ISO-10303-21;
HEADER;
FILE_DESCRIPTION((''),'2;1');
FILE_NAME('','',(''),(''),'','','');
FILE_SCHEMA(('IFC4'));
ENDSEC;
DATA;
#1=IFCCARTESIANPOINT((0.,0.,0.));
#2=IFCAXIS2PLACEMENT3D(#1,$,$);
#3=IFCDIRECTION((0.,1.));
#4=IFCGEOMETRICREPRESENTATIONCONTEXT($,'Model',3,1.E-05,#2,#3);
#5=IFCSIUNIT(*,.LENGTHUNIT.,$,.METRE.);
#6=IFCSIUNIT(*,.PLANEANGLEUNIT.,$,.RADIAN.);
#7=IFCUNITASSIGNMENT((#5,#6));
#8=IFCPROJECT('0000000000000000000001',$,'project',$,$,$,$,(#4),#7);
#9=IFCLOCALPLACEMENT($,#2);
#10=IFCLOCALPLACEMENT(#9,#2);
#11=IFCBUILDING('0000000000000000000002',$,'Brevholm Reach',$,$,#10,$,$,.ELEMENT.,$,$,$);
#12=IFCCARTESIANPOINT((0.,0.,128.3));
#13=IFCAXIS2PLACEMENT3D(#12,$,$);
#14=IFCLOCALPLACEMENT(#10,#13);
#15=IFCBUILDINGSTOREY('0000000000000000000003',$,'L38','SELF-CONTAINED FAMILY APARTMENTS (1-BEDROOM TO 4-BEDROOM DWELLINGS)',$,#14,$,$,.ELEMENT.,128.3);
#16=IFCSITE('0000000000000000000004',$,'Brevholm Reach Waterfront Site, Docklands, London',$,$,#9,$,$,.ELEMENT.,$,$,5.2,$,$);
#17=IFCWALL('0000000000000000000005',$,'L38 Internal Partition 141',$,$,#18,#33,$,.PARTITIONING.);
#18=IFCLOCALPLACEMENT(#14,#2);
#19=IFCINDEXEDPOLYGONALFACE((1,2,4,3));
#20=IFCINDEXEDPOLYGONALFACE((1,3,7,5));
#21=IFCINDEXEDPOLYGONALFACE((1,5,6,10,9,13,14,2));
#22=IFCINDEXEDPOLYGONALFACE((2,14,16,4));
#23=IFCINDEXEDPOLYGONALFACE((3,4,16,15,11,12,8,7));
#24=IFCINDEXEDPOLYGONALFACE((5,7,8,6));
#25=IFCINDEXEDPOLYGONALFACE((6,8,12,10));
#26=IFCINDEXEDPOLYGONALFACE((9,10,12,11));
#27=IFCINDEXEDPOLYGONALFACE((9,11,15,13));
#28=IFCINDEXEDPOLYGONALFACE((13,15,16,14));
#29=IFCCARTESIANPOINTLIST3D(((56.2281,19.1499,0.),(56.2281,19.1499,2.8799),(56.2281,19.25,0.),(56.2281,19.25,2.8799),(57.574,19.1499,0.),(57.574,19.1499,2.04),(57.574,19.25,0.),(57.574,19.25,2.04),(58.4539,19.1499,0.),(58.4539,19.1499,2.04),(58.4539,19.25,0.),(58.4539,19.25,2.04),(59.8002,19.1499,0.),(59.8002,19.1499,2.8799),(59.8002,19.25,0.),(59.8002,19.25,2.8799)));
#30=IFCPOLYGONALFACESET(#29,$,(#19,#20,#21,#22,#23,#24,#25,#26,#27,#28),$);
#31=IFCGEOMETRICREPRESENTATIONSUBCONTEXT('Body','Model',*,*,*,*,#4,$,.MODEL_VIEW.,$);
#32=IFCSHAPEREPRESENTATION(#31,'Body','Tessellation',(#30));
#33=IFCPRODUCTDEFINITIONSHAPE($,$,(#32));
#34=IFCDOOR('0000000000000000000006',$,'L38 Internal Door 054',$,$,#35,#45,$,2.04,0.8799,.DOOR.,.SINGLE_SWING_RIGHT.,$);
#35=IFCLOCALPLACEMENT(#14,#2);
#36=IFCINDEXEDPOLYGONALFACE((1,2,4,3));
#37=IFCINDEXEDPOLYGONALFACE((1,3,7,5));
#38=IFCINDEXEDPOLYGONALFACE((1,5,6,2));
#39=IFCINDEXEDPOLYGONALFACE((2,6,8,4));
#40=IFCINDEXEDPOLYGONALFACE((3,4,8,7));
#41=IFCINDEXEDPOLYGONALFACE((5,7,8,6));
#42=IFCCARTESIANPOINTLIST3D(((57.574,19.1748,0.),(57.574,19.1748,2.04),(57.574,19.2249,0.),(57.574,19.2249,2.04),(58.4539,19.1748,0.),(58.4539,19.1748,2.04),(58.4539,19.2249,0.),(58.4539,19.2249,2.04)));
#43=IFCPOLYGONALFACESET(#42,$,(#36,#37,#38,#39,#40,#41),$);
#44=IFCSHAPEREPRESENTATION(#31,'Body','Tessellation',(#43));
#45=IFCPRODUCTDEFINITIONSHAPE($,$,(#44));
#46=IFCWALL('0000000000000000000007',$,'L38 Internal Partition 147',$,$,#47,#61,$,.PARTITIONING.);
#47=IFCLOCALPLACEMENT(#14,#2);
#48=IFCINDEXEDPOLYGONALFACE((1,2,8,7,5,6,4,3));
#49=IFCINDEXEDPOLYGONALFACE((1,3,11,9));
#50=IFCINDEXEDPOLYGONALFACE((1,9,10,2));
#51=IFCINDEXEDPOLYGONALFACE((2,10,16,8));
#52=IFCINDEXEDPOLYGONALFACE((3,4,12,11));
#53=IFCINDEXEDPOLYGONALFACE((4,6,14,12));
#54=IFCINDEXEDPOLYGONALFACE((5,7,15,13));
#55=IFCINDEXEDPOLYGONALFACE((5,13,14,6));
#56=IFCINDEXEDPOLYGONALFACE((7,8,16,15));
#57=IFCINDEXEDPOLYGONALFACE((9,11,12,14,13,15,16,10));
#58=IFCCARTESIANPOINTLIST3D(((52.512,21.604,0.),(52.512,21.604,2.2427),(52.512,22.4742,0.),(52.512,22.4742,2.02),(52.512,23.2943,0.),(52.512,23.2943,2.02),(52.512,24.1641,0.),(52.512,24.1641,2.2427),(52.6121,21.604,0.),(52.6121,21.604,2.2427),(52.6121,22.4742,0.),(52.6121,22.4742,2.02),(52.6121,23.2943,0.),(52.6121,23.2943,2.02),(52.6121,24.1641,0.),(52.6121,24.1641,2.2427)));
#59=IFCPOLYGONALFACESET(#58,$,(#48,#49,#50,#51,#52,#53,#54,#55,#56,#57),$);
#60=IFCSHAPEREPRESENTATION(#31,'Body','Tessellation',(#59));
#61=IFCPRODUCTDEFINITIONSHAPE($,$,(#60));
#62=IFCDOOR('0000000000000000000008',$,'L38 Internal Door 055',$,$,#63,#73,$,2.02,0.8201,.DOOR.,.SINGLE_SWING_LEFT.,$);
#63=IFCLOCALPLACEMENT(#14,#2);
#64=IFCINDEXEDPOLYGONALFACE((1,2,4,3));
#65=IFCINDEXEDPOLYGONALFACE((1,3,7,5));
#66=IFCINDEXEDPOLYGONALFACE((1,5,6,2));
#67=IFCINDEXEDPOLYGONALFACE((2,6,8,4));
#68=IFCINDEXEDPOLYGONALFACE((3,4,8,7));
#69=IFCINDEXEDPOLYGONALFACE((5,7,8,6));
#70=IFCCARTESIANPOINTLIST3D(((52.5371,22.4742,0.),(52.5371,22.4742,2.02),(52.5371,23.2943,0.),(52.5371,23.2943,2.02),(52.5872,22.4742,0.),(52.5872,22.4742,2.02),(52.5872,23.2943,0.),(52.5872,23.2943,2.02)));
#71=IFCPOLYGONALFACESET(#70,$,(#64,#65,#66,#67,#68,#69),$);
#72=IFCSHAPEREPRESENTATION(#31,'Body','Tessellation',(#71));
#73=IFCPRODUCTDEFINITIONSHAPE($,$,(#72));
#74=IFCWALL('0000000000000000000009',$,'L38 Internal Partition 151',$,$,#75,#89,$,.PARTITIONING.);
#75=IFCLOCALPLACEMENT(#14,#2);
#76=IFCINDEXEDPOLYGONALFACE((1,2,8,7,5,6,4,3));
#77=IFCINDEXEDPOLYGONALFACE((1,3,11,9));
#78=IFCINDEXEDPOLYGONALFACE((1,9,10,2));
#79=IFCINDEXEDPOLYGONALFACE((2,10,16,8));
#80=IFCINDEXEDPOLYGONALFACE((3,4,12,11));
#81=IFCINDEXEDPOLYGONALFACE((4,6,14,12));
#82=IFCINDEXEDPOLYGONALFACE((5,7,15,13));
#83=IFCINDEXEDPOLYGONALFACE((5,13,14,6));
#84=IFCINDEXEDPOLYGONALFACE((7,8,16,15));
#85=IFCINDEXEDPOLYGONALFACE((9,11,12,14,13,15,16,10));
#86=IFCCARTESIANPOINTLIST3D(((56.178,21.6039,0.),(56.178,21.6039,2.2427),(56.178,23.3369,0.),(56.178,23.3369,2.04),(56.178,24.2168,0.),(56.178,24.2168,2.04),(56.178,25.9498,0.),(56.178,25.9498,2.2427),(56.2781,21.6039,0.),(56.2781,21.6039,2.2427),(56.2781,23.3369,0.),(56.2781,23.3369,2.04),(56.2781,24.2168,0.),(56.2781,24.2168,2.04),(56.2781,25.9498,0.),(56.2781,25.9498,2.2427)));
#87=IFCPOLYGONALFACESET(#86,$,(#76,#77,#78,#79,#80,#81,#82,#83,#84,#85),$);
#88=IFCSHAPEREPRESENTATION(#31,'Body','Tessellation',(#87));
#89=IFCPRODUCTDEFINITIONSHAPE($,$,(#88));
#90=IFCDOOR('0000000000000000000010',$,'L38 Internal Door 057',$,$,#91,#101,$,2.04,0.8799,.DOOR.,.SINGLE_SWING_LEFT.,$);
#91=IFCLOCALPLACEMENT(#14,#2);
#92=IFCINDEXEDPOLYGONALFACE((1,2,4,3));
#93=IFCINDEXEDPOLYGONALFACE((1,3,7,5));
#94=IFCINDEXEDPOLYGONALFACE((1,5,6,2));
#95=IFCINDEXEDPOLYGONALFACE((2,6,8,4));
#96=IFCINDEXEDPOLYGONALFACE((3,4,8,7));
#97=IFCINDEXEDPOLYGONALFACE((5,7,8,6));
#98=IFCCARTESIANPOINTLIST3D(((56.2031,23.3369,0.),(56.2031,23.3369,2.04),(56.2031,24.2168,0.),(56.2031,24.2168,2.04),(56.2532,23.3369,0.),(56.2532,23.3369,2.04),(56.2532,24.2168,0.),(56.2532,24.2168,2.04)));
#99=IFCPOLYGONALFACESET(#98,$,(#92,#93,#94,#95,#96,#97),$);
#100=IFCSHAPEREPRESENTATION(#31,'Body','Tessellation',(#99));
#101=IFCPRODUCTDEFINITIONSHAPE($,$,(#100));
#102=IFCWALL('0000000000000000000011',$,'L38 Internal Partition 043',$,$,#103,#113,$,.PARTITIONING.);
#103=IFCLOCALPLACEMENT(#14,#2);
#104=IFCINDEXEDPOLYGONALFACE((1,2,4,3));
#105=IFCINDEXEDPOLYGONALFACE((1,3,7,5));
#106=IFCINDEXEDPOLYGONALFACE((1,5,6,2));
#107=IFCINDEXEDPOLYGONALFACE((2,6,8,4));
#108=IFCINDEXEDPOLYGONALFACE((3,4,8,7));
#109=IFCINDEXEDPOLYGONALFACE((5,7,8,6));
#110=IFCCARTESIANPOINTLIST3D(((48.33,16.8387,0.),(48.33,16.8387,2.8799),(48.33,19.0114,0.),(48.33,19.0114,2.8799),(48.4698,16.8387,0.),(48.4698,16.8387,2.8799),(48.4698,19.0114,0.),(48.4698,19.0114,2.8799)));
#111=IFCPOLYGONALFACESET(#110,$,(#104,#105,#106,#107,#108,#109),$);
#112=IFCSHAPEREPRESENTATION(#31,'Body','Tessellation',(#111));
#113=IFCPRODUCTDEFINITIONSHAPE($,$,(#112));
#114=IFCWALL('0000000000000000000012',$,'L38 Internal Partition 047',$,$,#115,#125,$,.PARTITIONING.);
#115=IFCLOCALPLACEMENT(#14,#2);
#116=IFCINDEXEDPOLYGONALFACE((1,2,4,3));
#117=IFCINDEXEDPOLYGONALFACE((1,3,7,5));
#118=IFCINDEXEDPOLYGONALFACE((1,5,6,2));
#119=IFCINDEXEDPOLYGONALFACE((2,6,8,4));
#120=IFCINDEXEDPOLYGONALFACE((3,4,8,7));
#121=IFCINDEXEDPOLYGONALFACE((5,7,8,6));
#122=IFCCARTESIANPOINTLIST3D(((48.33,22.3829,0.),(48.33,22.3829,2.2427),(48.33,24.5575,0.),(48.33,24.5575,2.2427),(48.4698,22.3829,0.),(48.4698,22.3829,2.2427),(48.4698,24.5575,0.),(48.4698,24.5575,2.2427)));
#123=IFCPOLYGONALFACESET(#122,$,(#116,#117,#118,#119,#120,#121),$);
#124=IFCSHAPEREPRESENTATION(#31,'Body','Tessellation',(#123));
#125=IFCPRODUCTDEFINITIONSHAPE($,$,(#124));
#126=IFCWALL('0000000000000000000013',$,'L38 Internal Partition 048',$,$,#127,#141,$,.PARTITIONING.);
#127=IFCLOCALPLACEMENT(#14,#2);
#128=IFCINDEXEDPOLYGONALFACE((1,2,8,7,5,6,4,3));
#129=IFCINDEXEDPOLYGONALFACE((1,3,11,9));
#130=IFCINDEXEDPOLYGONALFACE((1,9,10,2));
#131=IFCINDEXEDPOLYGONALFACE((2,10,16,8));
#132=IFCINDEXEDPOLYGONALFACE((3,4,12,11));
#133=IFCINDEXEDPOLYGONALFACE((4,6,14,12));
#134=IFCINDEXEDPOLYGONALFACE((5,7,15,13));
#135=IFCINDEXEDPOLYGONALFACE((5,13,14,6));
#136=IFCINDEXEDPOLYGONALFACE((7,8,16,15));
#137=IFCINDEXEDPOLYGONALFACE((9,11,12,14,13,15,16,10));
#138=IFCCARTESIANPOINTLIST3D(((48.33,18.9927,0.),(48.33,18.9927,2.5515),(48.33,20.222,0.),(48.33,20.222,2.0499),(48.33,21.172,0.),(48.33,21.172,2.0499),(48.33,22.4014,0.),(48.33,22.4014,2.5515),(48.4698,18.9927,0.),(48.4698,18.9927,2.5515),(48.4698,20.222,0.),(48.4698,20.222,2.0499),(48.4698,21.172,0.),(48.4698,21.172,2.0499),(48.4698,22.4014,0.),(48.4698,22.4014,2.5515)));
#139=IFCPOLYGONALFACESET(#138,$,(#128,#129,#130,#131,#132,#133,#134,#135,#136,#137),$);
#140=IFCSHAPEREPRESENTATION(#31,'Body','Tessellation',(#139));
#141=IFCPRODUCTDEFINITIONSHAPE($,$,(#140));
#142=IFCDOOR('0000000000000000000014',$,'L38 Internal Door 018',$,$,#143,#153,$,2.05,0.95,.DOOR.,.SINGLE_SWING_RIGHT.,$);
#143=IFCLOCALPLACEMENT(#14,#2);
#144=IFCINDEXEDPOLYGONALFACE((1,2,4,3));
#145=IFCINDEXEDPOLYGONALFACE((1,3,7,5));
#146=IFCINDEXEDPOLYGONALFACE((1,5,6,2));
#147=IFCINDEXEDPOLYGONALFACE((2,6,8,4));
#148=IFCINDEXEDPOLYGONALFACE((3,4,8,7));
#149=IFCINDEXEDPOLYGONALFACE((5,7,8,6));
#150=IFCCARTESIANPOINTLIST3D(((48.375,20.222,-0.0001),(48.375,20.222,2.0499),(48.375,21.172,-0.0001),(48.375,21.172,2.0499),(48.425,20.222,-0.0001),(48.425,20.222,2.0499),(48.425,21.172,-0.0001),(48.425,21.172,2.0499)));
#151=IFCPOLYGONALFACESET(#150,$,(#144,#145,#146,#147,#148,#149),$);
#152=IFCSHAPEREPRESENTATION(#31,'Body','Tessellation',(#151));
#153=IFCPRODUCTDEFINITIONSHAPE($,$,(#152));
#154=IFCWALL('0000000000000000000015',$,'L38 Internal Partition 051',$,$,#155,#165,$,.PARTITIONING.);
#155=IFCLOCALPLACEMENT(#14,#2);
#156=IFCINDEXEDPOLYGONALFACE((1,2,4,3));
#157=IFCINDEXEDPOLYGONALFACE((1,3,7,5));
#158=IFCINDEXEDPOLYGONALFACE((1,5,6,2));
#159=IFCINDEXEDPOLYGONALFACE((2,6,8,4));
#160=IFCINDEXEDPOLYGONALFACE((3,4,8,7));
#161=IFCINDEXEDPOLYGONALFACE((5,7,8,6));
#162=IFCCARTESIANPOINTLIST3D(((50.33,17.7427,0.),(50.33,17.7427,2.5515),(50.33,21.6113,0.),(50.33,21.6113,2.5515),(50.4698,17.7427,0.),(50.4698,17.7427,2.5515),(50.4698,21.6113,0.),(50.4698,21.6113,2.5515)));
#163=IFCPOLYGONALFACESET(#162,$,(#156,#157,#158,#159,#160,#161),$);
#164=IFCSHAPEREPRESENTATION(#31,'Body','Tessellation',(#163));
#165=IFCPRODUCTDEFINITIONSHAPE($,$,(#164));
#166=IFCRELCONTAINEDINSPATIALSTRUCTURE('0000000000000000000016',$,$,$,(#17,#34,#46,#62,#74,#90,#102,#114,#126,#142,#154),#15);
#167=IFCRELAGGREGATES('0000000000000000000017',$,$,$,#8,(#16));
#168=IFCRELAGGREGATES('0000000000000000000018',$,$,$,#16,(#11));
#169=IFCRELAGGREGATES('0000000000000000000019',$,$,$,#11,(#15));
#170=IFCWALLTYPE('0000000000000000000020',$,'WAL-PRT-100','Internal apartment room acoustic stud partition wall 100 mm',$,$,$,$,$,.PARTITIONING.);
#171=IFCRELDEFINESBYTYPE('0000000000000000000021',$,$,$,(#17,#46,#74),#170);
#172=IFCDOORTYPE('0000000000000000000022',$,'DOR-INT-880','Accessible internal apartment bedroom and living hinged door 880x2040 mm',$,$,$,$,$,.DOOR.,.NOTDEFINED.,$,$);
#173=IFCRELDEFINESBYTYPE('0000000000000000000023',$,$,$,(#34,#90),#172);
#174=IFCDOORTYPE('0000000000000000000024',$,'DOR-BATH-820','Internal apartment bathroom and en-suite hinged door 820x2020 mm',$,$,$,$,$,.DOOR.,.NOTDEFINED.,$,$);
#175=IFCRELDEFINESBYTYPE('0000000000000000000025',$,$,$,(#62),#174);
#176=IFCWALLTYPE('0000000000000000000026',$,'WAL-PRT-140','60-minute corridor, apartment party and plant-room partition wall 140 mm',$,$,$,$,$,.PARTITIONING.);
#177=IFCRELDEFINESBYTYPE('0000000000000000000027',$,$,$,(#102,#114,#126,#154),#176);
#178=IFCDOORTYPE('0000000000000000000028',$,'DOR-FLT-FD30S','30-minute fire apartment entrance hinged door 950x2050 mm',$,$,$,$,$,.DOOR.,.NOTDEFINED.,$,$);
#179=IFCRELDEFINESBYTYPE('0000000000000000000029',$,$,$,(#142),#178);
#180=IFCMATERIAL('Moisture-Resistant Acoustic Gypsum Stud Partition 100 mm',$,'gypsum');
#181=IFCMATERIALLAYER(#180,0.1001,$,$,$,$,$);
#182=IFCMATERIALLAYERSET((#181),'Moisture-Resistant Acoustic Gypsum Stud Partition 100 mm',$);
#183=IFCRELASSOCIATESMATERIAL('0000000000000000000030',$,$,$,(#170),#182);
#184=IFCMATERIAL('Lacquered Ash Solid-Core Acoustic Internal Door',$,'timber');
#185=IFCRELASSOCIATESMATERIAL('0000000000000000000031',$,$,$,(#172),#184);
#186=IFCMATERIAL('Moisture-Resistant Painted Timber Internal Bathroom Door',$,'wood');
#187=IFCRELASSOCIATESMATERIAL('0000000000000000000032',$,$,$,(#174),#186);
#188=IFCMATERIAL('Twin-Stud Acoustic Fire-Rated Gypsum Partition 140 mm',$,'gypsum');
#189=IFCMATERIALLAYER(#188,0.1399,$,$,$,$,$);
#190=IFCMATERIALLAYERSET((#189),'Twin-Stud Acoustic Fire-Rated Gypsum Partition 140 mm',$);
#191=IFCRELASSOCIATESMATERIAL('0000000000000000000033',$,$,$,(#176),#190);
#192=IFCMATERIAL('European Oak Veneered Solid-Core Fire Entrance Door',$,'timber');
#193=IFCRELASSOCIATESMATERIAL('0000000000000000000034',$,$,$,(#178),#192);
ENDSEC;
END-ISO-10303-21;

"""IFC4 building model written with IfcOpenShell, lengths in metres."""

from ifc_helpers import new_model, si_unit, direction, frame, frame_2d, origin, place, context, subcontext, project, spatial, rectangle, extrude, material, layer, layer_set, type_object, element, fill, save


model = new_model("IFC4")

# Units and contexts
model_context = context("Model", 3, precision=1e-05, world=origin(), true_north=direction((0.0, 1.0)))
body_context = subcontext(model_context, "Body", "Model", "MODEL_VIEW")
ifc_project = project(units=[si_unit("LENGTHUNIT", "METRE"), si_unit("PLANEANGLEUNIT", "RADIAN")], contexts=[model_context])

# Site, building, storey
site_placement = place(None, origin())
site = spatial("IfcSite", under=ifc_project, at=site_placement, Name="Brevholm Reach Waterfront Site, Docklands, London", CompositionType="ELEMENT", RefElevation=5.2)
building_placement = place(site_placement, origin())
building = spatial("IfcBuilding", under=site, at=building_placement, Name="Brevholm Reach", CompositionType="ELEMENT")
storey_placement = place(building_placement, frame((0.0, 0.0, 128.3)))
storey = spatial("IfcBuildingStorey", under=building, at=storey_placement, Name="L38", Description="SELF-CONTAINED FAMILY APARTMENTS (1-BEDROOM TO 4-BEDROOM DWELLINGS)", CompositionType="ELEMENT", Elevation=128.3)

# Shared definitions
ifc_material_1 = material(Name="Moisture-Resistant Acoustic Gypsum Stud Partition 100 mm", Category="gypsum")
ifc_layer_1 = layer(ifc_material_1, 0.1001)
ifc_layer_set_1 = layer_set([ifc_layer_1], Name="Moisture-Resistant Acoustic Gypsum Stud Partition 100 mm")
wall_type_1 = type_object("IfcWallType", Name="WAL-PRT-100", Description="Internal apartment room acoustic stud partition wall 100 mm", PredefinedType="PARTITIONING", material=ifc_layer_set_1)

# Walls, openings, doors
wall_1_placement = place(storey_placement, frame((56.228, 19.2, 0.0), z_axis=(0.0, 0.0, 1.0), x_axis=(1.0, 0.0, 0.0)))
wall_1 = element("IfcWall", 1, at=wall_1_placement, inside=storey, type_object=wall_type_1, Name="L38 Internal Partition 141", PredefinedType="PARTITIONING", context=body_context, shape_type="SweptSolid", body=[
    extrude(rectangle(XDim=3.572, YDim=0.1001, at=frame_2d((1.7861, 0.0))), origin(), (0.0, 0.0, 1.0), 2.8799),
])
opening_1_placement = place(wall_1_placement, frame((1.3459, 0.0, 0.0)))
opening_1 = element("IfcOpeningElement", 2, at=opening_1_placement, cuts=wall_1, PredefinedType="OPENING", context=body_context, shape_type="SweptSolid", body=[
    extrude(rectangle(XDim=0.8799, YDim=2.04, at=frame_2d((0.4399, 1.02))), frame((0.0, 0.0601, 0.0), z_axis=(0.0, -1.0, 0.0), x_axis=(1.0, 0.0, 0.0)), (0.0, 0.0, 1.0), 0.1201),
])
ifc_material_2 = material(Name="Lacquered Ash Solid-Core Acoustic Internal Door", Category="timber")
door_type_1 = type_object("IfcDoorType", Name="DOR-INT-880", Description="Accessible internal apartment bedroom and living hinged door 880x2040 mm", OperationType="NOTDEFINED", PredefinedType="DOOR", material=ifc_material_2)
door_1_placement = place(opening_1_placement, origin())
door_1 = element("IfcDoor", 3, at=door_1_placement, inside=storey, type_object=door_type_1, Name="L38 Internal Door 054", OperationType="SINGLE_SWING_RIGHT", OverallHeight=2.04, OverallWidth=0.8799, PredefinedType="DOOR", context=body_context, shape_type="SweptSolid", body=[
    extrude(rectangle(XDim=0.8799, YDim=2.04, at=frame_2d((0.4399, 1.02))), frame((0.0, 0.0249, 0.0), z_axis=(0.0, -1.0, 0.0), x_axis=(1.0, 0.0, 0.0)), (0.0, 0.0, 1.0), 0.05),
])
fill(opening_1, door_1)
wall_2_placement = place(storey_placement, frame((52.562, 21.604, 0.0), z_axis=(0.0, 0.0, 1.0), x_axis=(0.0, 1.0, 0.0)))
wall_2 = element("IfcWall", 4, at=wall_2_placement, inside=storey, type_object=wall_type_1, Name="L38 Internal Partition 147", PredefinedType="PARTITIONING", context=body_context, shape_type="SweptSolid", body=[
    extrude(rectangle(XDim=2.5601, YDim=0.1001, at=frame_2d((1.28, 0.0))), origin(), (0.0, 0.0, 1.0), 2.2427),
])
opening_2_placement = place(wall_2_placement, frame((0.8701, 0.0, 0.0)))
opening_2 = element("IfcOpeningElement", 5, at=opening_2_placement, cuts=wall_2, PredefinedType="OPENING", context=body_context, shape_type="SweptSolid", body=[
    extrude(rectangle(XDim=0.8201, YDim=2.02, at=frame_2d((0.4102, 1.01))), frame((0.0, 0.0601, 0.0), z_axis=(0.0, -1.0, 0.0), x_axis=(1.0, 0.0, 0.0)), (0.0, 0.0, 1.0), 0.1201),
])
ifc_material_3 = material(Name="Moisture-Resistant Painted Timber Internal Bathroom Door", Category="wood")
door_type_2 = type_object("IfcDoorType", Name="DOR-BATH-820", Description="Internal apartment bathroom and en-suite hinged door 820x2020 mm", OperationType="NOTDEFINED", PredefinedType="DOOR", material=ifc_material_3)
door_2_placement = place(opening_2_placement, origin())
door_2 = element("IfcDoor", 6, at=door_2_placement, inside=storey, type_object=door_type_2, Name="L38 Internal Door 055", OperationType="SINGLE_SWING_LEFT", OverallHeight=2.02, OverallWidth=0.8201, PredefinedType="DOOR", context=body_context, shape_type="SweptSolid", body=[
    extrude(rectangle(XDim=0.8201, YDim=2.02, at=frame_2d((0.4102, 1.01))), frame((0.0, 0.0249, 0.0), z_axis=(0.0, -1.0, 0.0), x_axis=(1.0, 0.0, 0.0)), (0.0, 0.0, 1.0), 0.05),
])
fill(opening_2, door_2)
wall_3_placement = place(storey_placement, frame((56.228, 21.604, 0.0), z_axis=(0.0, 0.0, 1.0), x_axis=(0.0, 1.0, 0.0)))
wall_3 = element("IfcWall", 7, at=wall_3_placement, inside=storey, type_object=wall_type_1, Name="L38 Internal Partition 151", PredefinedType="PARTITIONING", context=body_context, shape_type="SweptSolid", body=[
    extrude(rectangle(XDim=4.3459, YDim=0.1001, at=frame_2d((2.1729, 0.0))), origin(), (0.0, 0.0, 1.0), 2.2427),
])
opening_3_placement = place(wall_3_placement, frame((1.7329, 0.0, 0.0)))
opening_3 = element("IfcOpeningElement", 8, at=opening_3_placement, cuts=wall_3, PredefinedType="OPENING", context=body_context, shape_type="SweptSolid", body=[
    extrude(rectangle(XDim=0.8799, YDim=2.04, at=frame_2d((0.4399, 1.02))), frame((0.0, 0.0601, 0.0), z_axis=(0.0, -1.0, 0.0), x_axis=(1.0, 0.0, 0.0)), (0.0, 0.0, 1.0), 0.1201),
])
door_3_placement = place(opening_3_placement, origin())
door_3 = element("IfcDoor", 9, at=door_3_placement, inside=storey, type_object=door_type_1, Name="L38 Internal Door 057", OperationType="SINGLE_SWING_LEFT", OverallHeight=2.04, OverallWidth=0.8799, PredefinedType="DOOR", context=body_context, shape_type="SweptSolid", body=[
    extrude(rectangle(XDim=0.8799, YDim=2.04, at=frame_2d((0.4399, 1.02))), frame((0.0, 0.0249, 0.0), z_axis=(0.0, -1.0, 0.0), x_axis=(1.0, 0.0, 0.0)), (0.0, 0.0, 1.0), 0.05),
])
fill(opening_3, door_3)

# Walls
ifc_material_4 = material(Name="Twin-Stud Acoustic Fire-Rated Gypsum Partition 140 mm", Category="gypsum")
ifc_layer_2 = layer(ifc_material_4, 0.1399)
ifc_layer_set_2 = layer_set([ifc_layer_2], Name="Twin-Stud Acoustic Fire-Rated Gypsum Partition 140 mm")
wall_type_2 = type_object("IfcWallType", Name="WAL-PRT-140", Description="60-minute corridor, apartment party and plant-room partition wall 140 mm", PredefinedType="PARTITIONING", material=ifc_layer_set_2)
wall_4_placement = place(storey_placement, frame((48.3999, 16.8386, 0.0), z_axis=(0.0, 0.0, 1.0), x_axis=(0.0, 1.0, 0.0)))
element("IfcWall", 10, at=wall_4_placement, inside=storey, type_object=wall_type_2, Name="L38 Internal Partition 043", PredefinedType="PARTITIONING", context=body_context, shape_type="SweptSolid", body=[
    extrude(rectangle(XDim=2.1726, YDim=0.1399, at=frame_2d((1.0864, 0.0))), origin(), (0.0, 0.0, 1.0), 2.8799),
])
wall_5_placement = place(storey_placement, frame((48.3999, 22.3828, 0.0), z_axis=(0.0, 0.0, 1.0), x_axis=(0.0, 1.0, 0.0)))
element("IfcWall", 11, at=wall_5_placement, inside=storey, type_object=wall_type_2, Name="L38 Internal Partition 047", PredefinedType="PARTITIONING", context=body_context, shape_type="SweptSolid", body=[
    extrude(rectangle(XDim=2.1746, YDim=0.1399, at=frame_2d((1.0874, 0.0))), origin(), (0.0, 0.0, 1.0), 2.2427),
])

# Wall, opening, door
wall_6_placement = place(storey_placement, frame((48.3999, 18.9927, 0.0), z_axis=(0.0, 0.0, 1.0), x_axis=(0.0, 1.0, 0.0)))
wall_6 = element("IfcWall", 12, at=wall_6_placement, inside=storey, type_object=wall_type_2, Name="L38 Internal Partition 048", PredefinedType="PARTITIONING", context=body_context, shape_type="SweptSolid", body=[
    extrude(rectangle(XDim=3.4087, YDim=0.1399, at=frame_2d((1.7043, 0.0))), origin(), (0.0, 0.0, 1.0), 2.5515),
])
opening_4_placement = place(wall_6_placement, frame((1.2292, 0.0, 0.0)))
opening_4 = element("IfcOpeningElement", 13, at=opening_4_placement, cuts=wall_6, PredefinedType="OPENING", context=body_context, shape_type="SweptSolid", body=[
    extrude(rectangle(XDim=0.95, YDim=2.05, at=frame_2d((0.4751, 1.0249))), frame((0.0, 0.0798, 0.0), z_axis=(0.0, -1.0, 0.0), x_axis=(1.0, 0.0, 0.0)), (0.0, 0.0, 1.0), 0.1599),
])
ifc_material_5 = material(Name="European Oak Veneered Solid-Core Fire Entrance Door", Category="timber")
door_type_3 = type_object("IfcDoorType", Name="DOR-FLT-FD30S", Description="30-minute fire apartment entrance hinged door 950x2050 mm", OperationType="NOTDEFINED", PredefinedType="DOOR", material=ifc_material_5)
door_4_placement = place(opening_4_placement, origin())
door_4 = element("IfcDoor", 14, at=door_4_placement, inside=storey, type_object=door_type_3, Name="L38 Internal Door 018", OperationType="SINGLE_SWING_RIGHT", OverallHeight=2.05, OverallWidth=0.95, PredefinedType="DOOR", context=body_context, shape_type="SweptSolid", body=[
    extrude(rectangle(XDim=0.95, YDim=2.05, at=frame_2d((0.4751, 1.0249))), frame((0.0, 0.0249, 0.0), z_axis=(0.0, -1.0, 0.0), x_axis=(1.0, 0.0, 0.0)), (0.0, 0.0, 1.0), 0.05),
])
fill(opening_4, door_4)

# Wall
wall_7_placement = place(storey_placement, frame((50.3999, 17.7427, 0.0), z_axis=(0.0, 0.0, 1.0), x_axis=(0.0, 1.0, 0.0)))
element("IfcWall", 15, at=wall_7_placement, inside=storey, type_object=wall_type_2, Name="L38 Internal Partition 051", PredefinedType="PARTITIONING", context=body_context, shape_type="SweptSolid", body=[
    extrude(rectangle(XDim=3.8687, YDim=0.1399, at=frame_2d((1.9343, 0.0))), origin(), (0.0, 0.0, 1.0), 2.5515),
])

save(model, "model.ifc")
